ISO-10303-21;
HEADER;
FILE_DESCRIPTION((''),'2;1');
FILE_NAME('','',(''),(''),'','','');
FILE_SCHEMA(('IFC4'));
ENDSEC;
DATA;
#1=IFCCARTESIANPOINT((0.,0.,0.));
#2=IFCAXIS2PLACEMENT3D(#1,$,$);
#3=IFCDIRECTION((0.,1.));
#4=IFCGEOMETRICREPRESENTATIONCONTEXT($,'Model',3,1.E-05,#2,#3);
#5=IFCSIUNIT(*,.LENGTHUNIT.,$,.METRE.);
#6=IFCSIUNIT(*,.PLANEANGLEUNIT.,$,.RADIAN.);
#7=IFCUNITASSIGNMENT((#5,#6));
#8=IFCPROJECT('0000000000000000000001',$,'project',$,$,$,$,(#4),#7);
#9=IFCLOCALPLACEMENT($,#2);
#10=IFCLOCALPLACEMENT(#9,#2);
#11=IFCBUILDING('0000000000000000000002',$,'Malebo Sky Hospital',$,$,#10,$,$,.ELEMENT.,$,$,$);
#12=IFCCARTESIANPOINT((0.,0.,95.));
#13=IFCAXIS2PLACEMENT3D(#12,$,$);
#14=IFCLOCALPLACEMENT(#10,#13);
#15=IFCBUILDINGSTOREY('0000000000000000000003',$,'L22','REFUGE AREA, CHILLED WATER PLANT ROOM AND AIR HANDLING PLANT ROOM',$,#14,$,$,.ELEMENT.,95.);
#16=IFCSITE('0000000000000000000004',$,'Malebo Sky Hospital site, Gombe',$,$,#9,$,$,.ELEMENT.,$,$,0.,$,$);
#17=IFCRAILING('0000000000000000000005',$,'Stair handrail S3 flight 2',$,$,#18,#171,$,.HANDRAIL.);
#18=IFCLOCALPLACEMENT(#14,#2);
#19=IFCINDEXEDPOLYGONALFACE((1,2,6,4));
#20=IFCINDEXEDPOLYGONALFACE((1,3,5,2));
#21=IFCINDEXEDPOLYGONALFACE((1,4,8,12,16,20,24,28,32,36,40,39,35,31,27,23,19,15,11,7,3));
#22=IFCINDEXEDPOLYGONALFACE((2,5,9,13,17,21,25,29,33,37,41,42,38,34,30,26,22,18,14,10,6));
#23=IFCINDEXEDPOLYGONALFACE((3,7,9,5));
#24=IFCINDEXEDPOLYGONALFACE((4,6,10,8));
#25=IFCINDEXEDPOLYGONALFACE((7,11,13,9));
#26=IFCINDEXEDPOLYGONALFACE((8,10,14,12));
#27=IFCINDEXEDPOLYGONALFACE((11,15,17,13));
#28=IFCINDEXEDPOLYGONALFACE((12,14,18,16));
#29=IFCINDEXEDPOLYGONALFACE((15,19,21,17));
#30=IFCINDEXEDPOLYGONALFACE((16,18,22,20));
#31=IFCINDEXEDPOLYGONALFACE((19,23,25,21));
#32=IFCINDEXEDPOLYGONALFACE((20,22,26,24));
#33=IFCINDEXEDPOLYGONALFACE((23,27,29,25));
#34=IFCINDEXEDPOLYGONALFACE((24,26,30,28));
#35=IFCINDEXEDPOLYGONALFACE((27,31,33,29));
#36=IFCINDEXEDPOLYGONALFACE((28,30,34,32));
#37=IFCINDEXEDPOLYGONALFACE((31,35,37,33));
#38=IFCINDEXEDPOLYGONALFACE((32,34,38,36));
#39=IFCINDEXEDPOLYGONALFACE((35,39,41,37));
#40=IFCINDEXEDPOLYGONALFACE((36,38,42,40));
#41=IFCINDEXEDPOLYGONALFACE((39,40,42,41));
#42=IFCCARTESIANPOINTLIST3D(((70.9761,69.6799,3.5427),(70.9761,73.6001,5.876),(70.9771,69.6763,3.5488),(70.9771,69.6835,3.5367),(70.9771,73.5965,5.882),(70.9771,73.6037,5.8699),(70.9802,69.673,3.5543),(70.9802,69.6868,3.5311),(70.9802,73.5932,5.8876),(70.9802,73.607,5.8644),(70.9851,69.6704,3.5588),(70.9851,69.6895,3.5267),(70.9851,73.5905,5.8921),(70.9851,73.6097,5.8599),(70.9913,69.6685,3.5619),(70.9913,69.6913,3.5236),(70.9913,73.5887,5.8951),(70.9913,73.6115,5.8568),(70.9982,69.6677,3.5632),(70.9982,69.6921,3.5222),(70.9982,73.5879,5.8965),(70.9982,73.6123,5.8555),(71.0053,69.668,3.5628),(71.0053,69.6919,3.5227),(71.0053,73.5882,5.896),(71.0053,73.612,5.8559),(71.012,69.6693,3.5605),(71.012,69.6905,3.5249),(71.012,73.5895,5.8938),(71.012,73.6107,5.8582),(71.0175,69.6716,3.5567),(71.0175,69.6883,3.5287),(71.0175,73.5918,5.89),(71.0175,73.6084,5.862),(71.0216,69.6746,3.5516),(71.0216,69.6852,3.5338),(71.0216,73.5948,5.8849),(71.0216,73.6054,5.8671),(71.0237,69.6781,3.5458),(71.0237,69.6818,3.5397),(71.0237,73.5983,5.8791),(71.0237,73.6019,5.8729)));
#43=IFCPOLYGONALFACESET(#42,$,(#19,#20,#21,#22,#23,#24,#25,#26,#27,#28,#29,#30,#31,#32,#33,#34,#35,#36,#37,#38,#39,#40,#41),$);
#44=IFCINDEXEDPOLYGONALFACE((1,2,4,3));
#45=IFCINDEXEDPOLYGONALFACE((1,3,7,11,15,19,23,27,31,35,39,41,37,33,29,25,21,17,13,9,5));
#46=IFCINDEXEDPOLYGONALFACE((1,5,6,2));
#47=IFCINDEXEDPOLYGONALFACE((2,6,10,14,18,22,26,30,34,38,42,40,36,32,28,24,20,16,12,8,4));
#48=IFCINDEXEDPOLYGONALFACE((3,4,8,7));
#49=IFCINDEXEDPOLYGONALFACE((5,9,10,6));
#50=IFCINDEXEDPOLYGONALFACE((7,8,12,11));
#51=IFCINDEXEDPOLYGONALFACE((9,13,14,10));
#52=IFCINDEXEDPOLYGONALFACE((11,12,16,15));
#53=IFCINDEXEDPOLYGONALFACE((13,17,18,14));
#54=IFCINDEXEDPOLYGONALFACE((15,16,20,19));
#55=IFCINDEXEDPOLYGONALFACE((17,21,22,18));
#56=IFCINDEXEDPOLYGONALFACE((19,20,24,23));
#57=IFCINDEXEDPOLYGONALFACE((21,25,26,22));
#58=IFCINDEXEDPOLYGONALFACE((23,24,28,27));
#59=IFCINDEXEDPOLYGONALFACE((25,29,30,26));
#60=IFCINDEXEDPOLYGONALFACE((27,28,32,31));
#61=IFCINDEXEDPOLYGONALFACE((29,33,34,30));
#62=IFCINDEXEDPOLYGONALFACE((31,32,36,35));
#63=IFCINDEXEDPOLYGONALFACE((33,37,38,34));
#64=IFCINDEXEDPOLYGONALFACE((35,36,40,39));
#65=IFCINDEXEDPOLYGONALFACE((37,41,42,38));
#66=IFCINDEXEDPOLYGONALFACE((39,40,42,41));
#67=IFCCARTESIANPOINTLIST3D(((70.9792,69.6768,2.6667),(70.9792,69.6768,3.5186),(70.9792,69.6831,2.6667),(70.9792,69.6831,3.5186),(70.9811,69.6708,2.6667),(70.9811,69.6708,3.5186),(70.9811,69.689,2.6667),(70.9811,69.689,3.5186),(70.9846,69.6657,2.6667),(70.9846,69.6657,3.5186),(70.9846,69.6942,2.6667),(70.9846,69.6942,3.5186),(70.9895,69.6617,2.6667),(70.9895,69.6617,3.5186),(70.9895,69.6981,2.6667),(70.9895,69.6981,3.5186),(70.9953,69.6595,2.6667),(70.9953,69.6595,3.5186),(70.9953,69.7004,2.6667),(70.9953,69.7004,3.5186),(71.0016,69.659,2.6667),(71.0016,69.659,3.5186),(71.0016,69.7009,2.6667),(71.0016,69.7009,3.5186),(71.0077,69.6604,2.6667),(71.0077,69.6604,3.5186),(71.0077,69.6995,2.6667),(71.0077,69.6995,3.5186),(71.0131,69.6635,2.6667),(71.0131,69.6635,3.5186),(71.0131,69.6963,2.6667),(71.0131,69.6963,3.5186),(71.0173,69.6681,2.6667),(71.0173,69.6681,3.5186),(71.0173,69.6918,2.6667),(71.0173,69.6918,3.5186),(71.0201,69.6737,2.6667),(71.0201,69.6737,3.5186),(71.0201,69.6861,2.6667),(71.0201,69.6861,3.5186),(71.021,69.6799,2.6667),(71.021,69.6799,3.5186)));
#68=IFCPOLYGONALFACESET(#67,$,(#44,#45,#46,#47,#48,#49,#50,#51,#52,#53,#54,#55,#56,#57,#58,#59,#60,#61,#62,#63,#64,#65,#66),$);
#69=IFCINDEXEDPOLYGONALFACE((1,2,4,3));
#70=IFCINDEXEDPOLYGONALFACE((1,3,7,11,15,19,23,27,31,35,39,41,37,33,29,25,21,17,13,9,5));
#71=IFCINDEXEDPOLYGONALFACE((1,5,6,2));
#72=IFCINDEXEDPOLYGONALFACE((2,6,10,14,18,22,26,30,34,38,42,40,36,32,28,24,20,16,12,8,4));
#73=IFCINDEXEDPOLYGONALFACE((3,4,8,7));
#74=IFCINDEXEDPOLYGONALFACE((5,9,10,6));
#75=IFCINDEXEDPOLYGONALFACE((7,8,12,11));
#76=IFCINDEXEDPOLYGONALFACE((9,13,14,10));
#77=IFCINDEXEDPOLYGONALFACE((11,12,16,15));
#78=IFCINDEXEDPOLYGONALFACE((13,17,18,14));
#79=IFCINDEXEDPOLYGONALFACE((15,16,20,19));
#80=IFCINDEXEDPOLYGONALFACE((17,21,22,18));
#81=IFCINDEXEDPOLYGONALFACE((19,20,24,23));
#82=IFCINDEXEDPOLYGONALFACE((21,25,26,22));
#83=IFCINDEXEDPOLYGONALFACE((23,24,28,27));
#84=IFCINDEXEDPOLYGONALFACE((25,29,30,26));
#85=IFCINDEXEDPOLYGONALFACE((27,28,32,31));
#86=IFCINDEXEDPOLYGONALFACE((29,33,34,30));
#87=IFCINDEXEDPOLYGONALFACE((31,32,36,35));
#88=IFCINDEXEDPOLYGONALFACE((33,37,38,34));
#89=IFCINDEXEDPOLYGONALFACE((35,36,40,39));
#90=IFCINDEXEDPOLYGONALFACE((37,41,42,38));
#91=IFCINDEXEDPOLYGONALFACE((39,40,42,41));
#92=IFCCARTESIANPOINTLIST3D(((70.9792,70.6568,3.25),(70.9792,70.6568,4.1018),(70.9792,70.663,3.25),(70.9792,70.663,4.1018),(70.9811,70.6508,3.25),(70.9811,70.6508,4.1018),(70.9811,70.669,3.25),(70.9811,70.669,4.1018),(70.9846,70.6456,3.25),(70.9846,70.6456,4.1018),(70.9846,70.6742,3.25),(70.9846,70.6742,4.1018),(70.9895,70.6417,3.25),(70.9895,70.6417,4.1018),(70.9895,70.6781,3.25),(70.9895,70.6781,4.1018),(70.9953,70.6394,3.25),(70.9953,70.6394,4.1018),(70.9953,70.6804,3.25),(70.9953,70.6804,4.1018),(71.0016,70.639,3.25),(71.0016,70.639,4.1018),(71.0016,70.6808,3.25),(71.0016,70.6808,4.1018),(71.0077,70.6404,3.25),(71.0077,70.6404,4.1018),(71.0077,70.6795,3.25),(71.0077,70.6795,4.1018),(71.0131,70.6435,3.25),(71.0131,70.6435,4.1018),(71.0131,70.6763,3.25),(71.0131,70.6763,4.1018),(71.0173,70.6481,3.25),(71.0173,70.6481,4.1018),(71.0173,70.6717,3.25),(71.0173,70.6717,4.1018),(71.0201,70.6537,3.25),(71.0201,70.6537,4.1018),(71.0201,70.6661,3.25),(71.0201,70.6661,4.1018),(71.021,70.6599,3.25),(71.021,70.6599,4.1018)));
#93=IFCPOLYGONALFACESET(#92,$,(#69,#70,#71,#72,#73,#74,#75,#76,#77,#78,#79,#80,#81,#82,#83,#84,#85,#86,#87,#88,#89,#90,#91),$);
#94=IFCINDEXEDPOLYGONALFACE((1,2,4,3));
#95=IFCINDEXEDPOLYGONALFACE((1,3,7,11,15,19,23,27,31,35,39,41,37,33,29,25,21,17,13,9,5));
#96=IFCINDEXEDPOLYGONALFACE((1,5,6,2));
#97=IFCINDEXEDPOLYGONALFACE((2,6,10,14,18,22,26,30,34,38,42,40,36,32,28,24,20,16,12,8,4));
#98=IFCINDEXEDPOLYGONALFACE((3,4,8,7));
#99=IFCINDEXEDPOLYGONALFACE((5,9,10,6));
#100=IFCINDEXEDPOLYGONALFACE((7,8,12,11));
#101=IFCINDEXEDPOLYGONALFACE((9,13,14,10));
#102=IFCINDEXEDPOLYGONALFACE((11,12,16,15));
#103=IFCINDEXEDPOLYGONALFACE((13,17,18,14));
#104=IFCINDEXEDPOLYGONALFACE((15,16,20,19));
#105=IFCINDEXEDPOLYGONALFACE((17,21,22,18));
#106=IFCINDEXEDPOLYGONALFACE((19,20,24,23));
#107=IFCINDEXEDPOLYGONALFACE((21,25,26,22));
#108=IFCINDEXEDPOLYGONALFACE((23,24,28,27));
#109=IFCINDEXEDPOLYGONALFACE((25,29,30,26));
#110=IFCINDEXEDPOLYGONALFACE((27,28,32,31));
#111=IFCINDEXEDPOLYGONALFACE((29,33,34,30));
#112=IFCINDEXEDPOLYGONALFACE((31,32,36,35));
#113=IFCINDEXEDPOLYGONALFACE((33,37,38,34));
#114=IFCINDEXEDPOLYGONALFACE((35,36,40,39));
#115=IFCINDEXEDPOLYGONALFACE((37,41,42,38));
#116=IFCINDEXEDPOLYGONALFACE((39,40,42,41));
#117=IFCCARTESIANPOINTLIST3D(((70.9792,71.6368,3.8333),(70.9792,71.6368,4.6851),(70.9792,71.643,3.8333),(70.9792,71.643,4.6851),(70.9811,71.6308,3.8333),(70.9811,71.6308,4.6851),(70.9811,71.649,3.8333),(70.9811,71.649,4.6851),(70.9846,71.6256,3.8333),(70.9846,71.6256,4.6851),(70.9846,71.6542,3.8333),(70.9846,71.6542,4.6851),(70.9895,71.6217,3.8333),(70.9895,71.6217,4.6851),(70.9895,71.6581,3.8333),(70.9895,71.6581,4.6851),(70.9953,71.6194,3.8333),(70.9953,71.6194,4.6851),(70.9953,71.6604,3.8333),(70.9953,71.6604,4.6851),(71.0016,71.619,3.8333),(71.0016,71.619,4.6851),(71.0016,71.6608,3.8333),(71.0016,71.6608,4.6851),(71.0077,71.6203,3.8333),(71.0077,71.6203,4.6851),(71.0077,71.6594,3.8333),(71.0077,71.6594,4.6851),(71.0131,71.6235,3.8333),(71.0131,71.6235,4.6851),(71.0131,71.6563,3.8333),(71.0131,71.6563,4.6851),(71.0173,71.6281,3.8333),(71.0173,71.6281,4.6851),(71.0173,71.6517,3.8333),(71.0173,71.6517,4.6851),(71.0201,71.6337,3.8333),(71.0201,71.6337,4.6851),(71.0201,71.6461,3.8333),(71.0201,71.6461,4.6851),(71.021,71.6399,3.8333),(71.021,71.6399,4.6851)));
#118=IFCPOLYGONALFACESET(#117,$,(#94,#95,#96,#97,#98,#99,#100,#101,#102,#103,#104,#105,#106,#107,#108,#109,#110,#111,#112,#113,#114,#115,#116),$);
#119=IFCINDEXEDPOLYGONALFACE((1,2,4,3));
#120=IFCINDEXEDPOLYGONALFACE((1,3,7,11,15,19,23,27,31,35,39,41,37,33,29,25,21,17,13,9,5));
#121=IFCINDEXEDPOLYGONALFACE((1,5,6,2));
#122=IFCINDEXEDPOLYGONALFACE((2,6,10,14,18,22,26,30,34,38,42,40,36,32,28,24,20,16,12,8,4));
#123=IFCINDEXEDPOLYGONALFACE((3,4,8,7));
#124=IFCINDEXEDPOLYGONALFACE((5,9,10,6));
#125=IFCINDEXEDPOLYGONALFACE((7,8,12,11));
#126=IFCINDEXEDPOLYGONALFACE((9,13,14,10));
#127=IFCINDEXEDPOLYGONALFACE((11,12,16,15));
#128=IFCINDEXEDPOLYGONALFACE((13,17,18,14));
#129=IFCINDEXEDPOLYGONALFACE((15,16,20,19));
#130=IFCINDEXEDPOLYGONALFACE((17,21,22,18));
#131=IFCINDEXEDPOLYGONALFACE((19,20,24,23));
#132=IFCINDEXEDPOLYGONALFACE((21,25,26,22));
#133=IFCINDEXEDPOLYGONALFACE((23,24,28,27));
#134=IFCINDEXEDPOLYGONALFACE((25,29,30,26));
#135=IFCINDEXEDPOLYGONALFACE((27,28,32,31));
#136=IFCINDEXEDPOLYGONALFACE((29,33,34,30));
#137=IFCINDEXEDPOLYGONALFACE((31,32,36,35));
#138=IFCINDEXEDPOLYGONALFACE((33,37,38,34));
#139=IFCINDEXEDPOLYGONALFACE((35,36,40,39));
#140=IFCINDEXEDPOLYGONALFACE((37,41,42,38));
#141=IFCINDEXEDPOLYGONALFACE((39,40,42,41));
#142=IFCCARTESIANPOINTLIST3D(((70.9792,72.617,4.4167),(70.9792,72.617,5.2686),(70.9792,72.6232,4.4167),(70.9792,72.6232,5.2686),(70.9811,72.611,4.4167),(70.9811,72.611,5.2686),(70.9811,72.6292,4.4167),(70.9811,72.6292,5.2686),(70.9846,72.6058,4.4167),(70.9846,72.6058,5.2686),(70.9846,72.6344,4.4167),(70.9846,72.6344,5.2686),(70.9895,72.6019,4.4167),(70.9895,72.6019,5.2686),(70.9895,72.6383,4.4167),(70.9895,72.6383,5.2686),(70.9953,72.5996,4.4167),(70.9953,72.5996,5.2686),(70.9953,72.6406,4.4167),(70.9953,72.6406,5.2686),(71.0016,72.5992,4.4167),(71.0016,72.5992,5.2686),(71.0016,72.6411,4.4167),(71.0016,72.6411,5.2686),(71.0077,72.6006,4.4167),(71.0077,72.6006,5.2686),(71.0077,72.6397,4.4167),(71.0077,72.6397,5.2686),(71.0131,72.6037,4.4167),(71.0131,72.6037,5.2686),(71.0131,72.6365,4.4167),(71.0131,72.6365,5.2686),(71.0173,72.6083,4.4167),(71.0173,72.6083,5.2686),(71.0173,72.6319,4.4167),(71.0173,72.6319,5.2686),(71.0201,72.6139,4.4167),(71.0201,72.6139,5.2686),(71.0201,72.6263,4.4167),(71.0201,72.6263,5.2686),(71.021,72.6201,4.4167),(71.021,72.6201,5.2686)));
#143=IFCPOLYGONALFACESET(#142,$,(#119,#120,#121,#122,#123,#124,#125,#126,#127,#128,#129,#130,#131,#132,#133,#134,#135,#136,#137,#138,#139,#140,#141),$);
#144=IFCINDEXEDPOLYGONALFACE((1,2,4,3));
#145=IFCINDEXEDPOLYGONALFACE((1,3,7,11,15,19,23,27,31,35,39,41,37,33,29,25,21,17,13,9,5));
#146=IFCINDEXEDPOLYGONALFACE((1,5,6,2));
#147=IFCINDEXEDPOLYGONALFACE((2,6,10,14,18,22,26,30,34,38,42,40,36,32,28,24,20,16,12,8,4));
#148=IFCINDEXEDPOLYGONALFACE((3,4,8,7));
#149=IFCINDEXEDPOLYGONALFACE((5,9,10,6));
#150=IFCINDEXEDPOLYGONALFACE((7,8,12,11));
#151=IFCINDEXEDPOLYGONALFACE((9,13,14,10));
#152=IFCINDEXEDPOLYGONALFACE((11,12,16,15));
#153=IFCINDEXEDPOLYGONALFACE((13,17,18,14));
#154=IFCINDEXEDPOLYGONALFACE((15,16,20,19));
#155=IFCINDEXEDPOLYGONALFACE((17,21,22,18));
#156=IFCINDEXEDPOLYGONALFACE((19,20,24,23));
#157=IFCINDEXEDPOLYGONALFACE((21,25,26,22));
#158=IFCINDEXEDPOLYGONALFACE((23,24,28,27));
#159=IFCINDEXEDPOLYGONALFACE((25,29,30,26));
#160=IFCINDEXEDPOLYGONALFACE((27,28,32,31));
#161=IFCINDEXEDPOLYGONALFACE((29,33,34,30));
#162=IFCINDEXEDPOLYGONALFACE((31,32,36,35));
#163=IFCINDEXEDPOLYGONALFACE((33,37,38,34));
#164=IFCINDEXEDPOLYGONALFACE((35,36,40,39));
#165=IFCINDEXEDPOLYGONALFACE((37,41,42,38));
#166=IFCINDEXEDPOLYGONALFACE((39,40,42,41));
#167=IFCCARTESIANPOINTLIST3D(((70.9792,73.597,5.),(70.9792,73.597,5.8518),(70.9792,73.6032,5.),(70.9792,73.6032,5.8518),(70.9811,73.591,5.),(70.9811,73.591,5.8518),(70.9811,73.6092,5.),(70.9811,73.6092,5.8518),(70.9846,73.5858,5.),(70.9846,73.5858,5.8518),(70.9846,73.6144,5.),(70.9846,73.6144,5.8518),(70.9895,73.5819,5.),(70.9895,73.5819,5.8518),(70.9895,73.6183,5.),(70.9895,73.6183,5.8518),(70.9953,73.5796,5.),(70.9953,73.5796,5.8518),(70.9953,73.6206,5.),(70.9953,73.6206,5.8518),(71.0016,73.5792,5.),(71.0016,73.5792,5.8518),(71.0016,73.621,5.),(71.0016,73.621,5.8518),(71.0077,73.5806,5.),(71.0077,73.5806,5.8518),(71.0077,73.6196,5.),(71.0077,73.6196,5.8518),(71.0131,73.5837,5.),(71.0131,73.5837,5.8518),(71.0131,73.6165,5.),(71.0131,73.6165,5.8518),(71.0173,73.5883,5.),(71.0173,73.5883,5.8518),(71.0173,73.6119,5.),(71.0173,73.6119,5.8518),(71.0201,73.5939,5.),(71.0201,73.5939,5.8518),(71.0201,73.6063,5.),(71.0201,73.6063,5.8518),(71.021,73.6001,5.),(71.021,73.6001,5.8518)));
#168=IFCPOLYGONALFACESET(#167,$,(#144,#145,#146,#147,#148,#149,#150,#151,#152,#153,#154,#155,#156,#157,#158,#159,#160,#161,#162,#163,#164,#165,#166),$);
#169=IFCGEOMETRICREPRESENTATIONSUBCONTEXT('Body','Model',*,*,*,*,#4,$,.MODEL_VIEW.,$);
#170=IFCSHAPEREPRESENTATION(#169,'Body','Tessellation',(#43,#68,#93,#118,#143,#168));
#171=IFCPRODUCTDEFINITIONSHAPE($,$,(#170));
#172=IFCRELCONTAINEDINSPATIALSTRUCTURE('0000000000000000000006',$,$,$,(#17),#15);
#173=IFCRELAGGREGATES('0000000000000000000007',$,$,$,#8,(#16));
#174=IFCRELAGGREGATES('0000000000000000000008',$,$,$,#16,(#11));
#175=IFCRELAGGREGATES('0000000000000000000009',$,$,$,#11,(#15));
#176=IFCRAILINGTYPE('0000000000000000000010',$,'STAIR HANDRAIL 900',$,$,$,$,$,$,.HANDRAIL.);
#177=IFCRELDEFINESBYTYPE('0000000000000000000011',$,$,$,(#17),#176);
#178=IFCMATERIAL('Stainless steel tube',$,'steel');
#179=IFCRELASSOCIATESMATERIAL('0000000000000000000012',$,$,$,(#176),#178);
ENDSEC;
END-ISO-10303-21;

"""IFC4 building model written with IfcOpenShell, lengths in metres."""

from ifc_helpers import new_model, si_unit, direction, frame, origin, origin_2d, place, context, subcontext, project, spatial, circle, extrude, material, type_object, element, save


model = new_model("IFC4")

# Units and contexts
model_context = context("Model", 3, precision=1e-05, world=origin(), true_north=direction((0.0, 1.0)))
body_context = subcontext(model_context, "Body", "Model", "MODEL_VIEW")
ifc_project = project(units=[si_unit("LENGTHUNIT", "METRE"), si_unit("PLANEANGLEUNIT", "RADIAN")], contexts=[model_context])

# Site, building, storey
site_placement = place(None, origin())
site = spatial("IfcSite", under=ifc_project, at=site_placement, Name="Malebo Sky Hospital site, Gombe", CompositionType="ELEMENT", RefElevation=0.0)
building_placement = place(site_placement, origin())
building = spatial("IfcBuilding", under=site, at=building_placement, Name="Malebo Sky Hospital", CompositionType="ELEMENT")
storey_placement = place(building_placement, frame((0.0, 0.0, 95.0)))
storey = spatial("IfcBuildingStorey", under=building, at=storey_placement, Name="L22", Description="REFUGE AREA, CHILLED WATER PLANT ROOM AND AIR HANDLING PLANT ROOM", CompositionType="ELEMENT", Elevation=95.0)

# Railing
ifc_material_1 = material(Name="Stainless steel tube", Category="steel")
railing_type = type_object("IfcRailingType", Name="STAIR HANDRAIL 900", PredefinedType="HANDRAIL", material=ifc_material_1)
railing_1_placement = place(storey_placement, frame((71.0, 69.6799, 2.6667)))
element("IfcRailing", 1, at=railing_1_placement, inside=storey, type_object=railing_type, Name="Stair handrail S3 flight 2", PredefinedType="HANDRAIL", context=body_context, shape_type="SweptSolid", body=[
    extrude(circle(Radius=0.0239, at=origin_2d()), frame((0.0, 0.0, 0.876), z_axis=(0.0, 0.85931, 0.511455), x_axis=(-1.0, 0.0, 0.0)), (0.0, 0.0, 1.0), 4.562),
    extrude(circle(Radius=0.021, at=origin_2d()), origin(), (0.0, 0.0, 1.0), 0.8518),
    extrude(circle(Radius=0.021, at=origin_2d()), frame((0.0, 0.98, 0.5833)), (0.0, 0.0, 1.0), 0.8518),
    extrude(circle(Radius=0.021, at=origin_2d()), frame((0.0, 1.96, 1.1665)), (0.0, 0.0, 1.0), 0.8518),
    extrude(circle(Radius=0.021, at=origin_2d()), frame((0.0, 2.9402, 1.75)), (0.0, 0.0, 1.0), 0.8518),
    extrude(circle(Radius=0.021, at=origin_2d()), frame((0.0, 3.9202, 2.3333)), (0.0, 0.0, 1.0), 0.8518),
])

save(model, "model.ifc")
